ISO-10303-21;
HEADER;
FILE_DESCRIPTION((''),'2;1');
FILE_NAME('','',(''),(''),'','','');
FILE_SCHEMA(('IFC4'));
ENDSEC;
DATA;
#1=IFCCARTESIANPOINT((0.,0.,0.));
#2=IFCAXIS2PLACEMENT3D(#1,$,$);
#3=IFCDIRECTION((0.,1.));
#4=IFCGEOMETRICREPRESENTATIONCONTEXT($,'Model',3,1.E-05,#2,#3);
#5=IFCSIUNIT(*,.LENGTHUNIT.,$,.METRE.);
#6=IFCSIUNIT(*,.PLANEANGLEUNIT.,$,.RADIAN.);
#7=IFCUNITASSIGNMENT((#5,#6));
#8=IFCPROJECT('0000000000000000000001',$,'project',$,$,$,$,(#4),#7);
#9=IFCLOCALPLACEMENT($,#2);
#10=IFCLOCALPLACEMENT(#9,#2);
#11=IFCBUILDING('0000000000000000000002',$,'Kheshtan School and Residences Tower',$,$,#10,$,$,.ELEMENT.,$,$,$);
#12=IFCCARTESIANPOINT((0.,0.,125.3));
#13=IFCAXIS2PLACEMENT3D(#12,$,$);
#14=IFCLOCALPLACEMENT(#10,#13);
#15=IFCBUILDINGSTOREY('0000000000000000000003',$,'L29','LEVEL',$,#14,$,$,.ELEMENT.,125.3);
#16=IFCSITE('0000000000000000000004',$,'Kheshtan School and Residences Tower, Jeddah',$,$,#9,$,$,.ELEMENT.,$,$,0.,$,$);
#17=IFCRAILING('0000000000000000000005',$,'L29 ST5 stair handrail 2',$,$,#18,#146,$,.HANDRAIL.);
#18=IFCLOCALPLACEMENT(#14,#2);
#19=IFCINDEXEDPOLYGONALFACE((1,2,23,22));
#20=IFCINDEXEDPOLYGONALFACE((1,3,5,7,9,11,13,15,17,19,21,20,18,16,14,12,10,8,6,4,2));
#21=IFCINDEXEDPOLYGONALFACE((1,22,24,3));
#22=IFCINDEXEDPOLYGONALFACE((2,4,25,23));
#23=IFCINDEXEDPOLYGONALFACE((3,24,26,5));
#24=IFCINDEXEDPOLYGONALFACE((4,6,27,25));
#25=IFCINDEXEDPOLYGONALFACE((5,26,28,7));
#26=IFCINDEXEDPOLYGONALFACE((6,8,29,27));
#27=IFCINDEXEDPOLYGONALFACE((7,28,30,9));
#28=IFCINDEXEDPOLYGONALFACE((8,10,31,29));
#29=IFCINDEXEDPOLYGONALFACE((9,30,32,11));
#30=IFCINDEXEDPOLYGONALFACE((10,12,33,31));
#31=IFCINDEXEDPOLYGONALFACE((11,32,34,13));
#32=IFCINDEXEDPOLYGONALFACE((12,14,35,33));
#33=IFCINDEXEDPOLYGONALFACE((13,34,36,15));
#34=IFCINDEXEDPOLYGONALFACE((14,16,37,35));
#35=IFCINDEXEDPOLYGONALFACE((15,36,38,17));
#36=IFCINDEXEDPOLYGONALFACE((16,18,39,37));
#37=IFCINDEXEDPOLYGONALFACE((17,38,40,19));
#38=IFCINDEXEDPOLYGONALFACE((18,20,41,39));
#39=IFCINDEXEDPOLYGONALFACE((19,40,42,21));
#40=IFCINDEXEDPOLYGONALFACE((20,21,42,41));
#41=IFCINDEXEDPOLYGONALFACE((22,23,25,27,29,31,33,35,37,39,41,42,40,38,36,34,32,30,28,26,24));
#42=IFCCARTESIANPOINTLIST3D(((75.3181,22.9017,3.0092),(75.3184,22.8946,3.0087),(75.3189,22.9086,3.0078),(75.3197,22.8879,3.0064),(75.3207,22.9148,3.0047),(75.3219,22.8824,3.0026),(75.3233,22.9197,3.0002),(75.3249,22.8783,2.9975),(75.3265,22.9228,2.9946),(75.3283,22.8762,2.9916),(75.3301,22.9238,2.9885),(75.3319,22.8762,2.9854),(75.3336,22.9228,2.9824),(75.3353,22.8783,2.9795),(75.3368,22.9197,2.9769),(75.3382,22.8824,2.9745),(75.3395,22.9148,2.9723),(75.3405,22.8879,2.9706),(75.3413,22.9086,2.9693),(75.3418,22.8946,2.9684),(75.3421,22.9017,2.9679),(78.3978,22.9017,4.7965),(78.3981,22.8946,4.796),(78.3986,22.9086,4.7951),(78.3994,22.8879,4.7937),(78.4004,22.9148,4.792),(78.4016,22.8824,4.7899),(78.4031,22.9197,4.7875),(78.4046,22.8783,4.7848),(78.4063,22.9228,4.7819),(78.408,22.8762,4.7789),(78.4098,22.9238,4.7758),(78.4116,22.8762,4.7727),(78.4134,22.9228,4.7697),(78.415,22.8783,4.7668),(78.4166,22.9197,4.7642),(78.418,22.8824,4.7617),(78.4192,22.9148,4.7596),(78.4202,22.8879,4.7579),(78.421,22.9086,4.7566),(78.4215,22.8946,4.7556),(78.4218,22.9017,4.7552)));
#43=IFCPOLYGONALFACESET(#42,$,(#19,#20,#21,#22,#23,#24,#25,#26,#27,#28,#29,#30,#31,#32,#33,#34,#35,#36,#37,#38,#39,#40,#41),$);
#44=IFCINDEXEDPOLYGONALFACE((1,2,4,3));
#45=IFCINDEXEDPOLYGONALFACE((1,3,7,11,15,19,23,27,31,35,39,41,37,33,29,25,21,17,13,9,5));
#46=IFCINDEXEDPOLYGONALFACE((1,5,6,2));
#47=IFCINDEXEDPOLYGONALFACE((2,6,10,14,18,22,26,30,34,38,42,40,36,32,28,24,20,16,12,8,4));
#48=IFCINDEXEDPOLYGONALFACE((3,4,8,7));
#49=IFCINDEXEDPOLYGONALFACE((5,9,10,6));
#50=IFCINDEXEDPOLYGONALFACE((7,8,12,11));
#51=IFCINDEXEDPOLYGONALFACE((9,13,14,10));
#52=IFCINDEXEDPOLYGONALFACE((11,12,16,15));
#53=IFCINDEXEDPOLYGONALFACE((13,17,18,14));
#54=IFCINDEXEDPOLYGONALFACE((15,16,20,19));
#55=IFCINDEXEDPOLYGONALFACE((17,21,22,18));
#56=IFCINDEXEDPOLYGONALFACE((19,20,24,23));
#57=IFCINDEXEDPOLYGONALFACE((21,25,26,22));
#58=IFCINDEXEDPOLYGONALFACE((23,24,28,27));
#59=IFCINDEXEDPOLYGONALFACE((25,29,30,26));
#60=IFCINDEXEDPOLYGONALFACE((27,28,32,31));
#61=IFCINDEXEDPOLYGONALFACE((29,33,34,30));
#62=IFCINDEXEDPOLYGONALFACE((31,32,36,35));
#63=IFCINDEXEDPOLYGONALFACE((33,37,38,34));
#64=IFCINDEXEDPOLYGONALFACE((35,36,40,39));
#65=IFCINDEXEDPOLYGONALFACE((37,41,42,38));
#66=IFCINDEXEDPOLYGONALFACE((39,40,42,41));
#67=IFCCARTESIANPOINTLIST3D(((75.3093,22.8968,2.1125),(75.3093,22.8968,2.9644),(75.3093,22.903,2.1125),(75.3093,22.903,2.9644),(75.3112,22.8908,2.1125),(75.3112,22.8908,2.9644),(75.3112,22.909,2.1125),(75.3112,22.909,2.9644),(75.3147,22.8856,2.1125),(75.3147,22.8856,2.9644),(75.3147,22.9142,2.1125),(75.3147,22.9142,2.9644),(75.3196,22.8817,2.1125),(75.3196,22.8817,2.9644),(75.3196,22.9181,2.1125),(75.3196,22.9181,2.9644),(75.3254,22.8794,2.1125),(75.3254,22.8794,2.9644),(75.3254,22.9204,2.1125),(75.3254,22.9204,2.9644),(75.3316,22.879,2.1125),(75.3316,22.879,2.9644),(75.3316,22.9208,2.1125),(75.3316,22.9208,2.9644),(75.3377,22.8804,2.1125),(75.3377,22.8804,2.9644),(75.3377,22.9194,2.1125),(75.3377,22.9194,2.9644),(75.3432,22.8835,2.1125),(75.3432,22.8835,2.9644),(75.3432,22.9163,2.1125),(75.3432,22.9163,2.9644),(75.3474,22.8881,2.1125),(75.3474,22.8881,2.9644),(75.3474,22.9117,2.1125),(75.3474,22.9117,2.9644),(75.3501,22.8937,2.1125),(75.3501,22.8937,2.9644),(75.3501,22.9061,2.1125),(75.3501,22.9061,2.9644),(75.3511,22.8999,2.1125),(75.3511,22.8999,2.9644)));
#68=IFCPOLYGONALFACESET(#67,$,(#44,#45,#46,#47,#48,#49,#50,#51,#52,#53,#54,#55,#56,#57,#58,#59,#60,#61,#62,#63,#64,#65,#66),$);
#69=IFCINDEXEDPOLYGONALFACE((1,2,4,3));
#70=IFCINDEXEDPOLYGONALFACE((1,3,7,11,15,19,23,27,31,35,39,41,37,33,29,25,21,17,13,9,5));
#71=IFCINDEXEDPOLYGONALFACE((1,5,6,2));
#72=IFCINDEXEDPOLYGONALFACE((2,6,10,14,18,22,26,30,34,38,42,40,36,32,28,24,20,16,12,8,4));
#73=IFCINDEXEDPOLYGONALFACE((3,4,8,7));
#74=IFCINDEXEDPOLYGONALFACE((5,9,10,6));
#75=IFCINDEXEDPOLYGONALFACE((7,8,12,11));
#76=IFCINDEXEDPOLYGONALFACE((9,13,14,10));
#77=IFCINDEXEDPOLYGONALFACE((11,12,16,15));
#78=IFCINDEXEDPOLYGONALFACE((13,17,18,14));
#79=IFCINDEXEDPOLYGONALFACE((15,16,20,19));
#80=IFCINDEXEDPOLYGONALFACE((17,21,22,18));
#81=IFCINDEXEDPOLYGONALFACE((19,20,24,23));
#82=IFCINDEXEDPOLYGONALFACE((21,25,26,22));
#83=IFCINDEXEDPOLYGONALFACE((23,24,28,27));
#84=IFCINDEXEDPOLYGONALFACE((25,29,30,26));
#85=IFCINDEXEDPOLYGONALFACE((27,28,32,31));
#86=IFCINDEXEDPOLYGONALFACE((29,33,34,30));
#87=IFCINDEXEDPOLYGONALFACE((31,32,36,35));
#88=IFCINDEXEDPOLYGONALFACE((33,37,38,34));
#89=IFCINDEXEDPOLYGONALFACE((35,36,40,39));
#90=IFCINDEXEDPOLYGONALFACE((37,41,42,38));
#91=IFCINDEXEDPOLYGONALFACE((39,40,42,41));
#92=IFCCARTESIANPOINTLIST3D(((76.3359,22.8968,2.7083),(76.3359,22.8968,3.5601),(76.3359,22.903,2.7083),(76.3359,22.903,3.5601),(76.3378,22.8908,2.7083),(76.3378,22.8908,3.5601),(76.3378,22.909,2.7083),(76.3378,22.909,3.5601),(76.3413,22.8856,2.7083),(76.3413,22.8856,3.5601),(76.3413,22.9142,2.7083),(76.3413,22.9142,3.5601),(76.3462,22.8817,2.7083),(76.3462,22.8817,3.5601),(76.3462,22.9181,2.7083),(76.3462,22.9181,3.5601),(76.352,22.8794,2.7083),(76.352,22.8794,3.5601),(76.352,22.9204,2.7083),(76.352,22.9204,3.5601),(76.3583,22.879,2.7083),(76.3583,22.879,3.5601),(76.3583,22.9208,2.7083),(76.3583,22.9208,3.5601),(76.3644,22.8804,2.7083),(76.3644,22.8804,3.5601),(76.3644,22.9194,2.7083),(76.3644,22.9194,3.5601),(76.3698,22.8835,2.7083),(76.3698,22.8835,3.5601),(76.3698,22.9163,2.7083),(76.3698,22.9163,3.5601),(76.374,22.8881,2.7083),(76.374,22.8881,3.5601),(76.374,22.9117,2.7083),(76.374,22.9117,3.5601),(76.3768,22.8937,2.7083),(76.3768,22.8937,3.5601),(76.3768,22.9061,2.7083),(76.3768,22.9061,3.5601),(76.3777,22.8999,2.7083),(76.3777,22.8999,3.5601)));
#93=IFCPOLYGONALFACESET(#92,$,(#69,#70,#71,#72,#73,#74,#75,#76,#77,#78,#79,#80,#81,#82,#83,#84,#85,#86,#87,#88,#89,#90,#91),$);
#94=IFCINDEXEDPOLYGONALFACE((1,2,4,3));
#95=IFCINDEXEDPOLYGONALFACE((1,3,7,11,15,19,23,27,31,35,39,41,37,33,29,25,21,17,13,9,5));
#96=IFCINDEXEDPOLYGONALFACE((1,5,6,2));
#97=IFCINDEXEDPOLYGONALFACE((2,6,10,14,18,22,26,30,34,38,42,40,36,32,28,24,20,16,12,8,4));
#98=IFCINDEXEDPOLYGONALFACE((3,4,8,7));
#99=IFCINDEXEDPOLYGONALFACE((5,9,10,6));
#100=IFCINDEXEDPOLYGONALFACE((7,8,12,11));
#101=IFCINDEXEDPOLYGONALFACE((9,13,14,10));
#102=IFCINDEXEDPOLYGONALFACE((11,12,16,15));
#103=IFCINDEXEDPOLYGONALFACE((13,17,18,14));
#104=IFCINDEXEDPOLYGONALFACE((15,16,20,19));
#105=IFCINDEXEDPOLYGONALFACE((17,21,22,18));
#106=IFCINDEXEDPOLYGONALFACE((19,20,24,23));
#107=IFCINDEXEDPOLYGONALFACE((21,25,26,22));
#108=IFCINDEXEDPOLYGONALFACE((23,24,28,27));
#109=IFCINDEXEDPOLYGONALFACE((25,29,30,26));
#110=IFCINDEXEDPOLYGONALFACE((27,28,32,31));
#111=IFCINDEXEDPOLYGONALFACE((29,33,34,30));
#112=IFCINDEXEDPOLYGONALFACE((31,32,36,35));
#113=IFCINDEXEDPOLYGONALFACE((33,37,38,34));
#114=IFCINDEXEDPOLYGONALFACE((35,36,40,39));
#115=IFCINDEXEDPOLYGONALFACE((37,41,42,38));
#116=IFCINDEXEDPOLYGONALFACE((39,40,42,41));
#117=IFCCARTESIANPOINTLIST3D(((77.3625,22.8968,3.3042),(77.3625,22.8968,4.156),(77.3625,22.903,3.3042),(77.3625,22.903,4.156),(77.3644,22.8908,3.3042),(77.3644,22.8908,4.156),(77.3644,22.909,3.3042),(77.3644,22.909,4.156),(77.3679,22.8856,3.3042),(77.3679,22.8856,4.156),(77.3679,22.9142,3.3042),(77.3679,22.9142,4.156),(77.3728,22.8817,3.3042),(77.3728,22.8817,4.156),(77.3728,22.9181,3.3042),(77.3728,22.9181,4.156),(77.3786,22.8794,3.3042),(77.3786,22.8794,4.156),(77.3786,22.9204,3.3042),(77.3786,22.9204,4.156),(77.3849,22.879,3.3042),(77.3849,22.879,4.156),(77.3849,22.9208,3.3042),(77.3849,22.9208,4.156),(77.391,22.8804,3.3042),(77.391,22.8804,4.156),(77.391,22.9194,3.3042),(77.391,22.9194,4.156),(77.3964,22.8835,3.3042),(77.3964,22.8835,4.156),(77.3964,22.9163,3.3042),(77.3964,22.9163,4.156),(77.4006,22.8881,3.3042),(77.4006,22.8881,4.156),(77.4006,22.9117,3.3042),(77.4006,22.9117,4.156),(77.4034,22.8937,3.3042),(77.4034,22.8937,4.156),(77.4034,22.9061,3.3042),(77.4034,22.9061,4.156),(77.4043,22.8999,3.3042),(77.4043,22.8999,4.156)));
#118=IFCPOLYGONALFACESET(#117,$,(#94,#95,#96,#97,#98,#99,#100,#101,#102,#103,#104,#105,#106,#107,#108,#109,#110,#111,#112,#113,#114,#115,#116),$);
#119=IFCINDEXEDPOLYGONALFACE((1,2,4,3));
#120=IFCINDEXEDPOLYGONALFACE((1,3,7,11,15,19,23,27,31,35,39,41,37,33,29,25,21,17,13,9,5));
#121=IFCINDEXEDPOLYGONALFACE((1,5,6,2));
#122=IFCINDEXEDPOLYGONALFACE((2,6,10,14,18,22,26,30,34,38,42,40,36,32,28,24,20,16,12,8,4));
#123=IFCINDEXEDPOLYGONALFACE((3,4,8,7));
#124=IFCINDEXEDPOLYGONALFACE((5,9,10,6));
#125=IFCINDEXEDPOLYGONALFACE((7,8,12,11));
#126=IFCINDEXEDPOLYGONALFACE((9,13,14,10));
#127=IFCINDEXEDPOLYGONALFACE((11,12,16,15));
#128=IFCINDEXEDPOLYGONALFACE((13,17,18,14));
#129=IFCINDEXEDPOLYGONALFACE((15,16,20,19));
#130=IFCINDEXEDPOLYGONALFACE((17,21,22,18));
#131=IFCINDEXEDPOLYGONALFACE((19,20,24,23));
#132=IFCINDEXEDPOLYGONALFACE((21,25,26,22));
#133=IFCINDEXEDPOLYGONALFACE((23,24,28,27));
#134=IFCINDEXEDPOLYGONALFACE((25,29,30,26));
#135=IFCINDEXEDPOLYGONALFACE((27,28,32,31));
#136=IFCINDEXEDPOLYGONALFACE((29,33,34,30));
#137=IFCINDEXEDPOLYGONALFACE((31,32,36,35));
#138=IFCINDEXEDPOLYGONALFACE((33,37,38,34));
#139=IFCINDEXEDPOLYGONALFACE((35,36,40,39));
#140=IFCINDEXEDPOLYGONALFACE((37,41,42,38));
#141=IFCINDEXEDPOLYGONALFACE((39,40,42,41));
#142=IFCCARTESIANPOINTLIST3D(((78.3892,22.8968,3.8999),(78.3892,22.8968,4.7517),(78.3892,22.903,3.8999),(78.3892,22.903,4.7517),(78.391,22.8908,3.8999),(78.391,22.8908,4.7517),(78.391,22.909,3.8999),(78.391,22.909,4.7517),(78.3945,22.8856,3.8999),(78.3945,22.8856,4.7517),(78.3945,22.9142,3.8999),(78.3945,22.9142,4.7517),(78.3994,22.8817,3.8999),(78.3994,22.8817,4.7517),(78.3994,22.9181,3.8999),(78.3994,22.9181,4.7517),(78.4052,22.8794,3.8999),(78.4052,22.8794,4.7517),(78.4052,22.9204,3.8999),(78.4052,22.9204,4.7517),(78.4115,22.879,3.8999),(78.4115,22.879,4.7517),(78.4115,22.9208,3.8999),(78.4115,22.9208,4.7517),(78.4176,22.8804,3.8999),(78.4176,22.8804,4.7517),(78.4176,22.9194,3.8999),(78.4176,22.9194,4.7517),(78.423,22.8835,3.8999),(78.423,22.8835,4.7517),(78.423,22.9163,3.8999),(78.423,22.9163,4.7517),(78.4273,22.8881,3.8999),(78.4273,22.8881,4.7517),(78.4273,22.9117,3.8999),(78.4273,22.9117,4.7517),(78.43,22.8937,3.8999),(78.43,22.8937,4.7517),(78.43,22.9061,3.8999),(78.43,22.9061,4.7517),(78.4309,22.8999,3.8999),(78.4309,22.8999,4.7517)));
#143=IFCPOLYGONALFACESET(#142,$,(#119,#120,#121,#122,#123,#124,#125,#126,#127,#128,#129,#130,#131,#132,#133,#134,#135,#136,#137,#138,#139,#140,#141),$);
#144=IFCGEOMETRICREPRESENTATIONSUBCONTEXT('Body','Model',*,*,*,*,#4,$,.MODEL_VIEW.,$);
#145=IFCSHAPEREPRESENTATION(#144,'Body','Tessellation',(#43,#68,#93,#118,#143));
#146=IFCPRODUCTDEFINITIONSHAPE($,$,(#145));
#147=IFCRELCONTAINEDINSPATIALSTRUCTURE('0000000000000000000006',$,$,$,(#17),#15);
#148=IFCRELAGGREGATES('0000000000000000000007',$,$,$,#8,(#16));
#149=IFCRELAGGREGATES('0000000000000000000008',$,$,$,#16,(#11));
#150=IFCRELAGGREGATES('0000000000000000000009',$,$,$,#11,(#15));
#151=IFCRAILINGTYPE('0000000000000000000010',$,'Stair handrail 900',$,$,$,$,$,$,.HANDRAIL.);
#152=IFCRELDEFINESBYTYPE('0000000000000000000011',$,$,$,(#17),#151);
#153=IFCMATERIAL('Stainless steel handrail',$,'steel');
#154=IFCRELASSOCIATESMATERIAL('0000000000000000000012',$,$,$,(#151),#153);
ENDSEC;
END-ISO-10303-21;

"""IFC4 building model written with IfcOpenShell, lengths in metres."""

from ifc_helpers import new_model, si_unit, direction, frame, origin, origin_2d, place, context, subcontext, project, spatial, circle, extrude, material, type_object, element, save


model = new_model("IFC4")

# Units and contexts
model_context = context("Model", 3, precision=1e-05, world=origin(), true_north=direction((0.0, 1.0)))
body_context = subcontext(model_context, "Body", "Model", "MODEL_VIEW")
ifc_project = project(units=[si_unit("LENGTHUNIT", "METRE"), si_unit("PLANEANGLEUNIT", "RADIAN")], contexts=[model_context])

# Site, building, storey
site_placement = place(None, origin())
site = spatial("IfcSite", under=ifc_project, at=site_placement, Name="Kheshtan School and Residences Tower, Jeddah", CompositionType="ELEMENT", RefElevation=0.0)
building_placement = place(site_placement, origin())
building = spatial("IfcBuilding", under=site, at=building_placement, Name="Kheshtan School and Residences Tower", CompositionType="ELEMENT")
storey_placement = place(building_placement, frame((0.0, 0.0, 125.3)))
storey = spatial("IfcBuildingStorey", under=building, at=storey_placement, Name="L29", Description="LEVEL", CompositionType="ELEMENT", Elevation=125.3)

# Railing
ifc_material_1 = material(Name="Stainless steel handrail", Category="steel")
railing_type_1 = type_object("IfcRailingType", Name="Stair handrail 900", PredefinedType="HANDRAIL", material=ifc_material_1)
railing_1_placement = place(storey_placement, frame((75.3301, 22.8999, 2.1125)))
element("IfcRailing", 1, at=railing_1_placement, inside=storey, type_object=railing_type_1, Name="L29 ST5 stair handrail 2", PredefinedType="HANDRAIL", context=body_context, shape_type="SweptSolid", body=[
    extrude(circle(Radius=0.0239, at=origin_2d()), frame((0.0, 0.0, 0.876), z_axis=(0.864903, 0.0, 0.501939), x_axis=(0.0, 1.0, 0.0)), (0.0, 0.0, 1.0), 3.5608),
    extrude(circle(Radius=0.021, at=origin_2d()), origin(), (0.0, 0.0, 1.0), 0.8518),
    extrude(circle(Radius=0.021, at=origin_2d()), frame((1.0266, 0.0, 0.5957)), (0.0, 0.0, 1.0), 0.8518),
    extrude(circle(Radius=0.021, at=origin_2d()), frame((2.0532, 0.0, 1.1917)), (0.0, 0.0, 1.0), 0.8518),
    extrude(circle(Radius=0.021, at=origin_2d()), frame((3.0798, 0.0, 1.7874)), (0.0, 0.0, 1.0), 0.8518),
])

save(model, "model.ifc")
